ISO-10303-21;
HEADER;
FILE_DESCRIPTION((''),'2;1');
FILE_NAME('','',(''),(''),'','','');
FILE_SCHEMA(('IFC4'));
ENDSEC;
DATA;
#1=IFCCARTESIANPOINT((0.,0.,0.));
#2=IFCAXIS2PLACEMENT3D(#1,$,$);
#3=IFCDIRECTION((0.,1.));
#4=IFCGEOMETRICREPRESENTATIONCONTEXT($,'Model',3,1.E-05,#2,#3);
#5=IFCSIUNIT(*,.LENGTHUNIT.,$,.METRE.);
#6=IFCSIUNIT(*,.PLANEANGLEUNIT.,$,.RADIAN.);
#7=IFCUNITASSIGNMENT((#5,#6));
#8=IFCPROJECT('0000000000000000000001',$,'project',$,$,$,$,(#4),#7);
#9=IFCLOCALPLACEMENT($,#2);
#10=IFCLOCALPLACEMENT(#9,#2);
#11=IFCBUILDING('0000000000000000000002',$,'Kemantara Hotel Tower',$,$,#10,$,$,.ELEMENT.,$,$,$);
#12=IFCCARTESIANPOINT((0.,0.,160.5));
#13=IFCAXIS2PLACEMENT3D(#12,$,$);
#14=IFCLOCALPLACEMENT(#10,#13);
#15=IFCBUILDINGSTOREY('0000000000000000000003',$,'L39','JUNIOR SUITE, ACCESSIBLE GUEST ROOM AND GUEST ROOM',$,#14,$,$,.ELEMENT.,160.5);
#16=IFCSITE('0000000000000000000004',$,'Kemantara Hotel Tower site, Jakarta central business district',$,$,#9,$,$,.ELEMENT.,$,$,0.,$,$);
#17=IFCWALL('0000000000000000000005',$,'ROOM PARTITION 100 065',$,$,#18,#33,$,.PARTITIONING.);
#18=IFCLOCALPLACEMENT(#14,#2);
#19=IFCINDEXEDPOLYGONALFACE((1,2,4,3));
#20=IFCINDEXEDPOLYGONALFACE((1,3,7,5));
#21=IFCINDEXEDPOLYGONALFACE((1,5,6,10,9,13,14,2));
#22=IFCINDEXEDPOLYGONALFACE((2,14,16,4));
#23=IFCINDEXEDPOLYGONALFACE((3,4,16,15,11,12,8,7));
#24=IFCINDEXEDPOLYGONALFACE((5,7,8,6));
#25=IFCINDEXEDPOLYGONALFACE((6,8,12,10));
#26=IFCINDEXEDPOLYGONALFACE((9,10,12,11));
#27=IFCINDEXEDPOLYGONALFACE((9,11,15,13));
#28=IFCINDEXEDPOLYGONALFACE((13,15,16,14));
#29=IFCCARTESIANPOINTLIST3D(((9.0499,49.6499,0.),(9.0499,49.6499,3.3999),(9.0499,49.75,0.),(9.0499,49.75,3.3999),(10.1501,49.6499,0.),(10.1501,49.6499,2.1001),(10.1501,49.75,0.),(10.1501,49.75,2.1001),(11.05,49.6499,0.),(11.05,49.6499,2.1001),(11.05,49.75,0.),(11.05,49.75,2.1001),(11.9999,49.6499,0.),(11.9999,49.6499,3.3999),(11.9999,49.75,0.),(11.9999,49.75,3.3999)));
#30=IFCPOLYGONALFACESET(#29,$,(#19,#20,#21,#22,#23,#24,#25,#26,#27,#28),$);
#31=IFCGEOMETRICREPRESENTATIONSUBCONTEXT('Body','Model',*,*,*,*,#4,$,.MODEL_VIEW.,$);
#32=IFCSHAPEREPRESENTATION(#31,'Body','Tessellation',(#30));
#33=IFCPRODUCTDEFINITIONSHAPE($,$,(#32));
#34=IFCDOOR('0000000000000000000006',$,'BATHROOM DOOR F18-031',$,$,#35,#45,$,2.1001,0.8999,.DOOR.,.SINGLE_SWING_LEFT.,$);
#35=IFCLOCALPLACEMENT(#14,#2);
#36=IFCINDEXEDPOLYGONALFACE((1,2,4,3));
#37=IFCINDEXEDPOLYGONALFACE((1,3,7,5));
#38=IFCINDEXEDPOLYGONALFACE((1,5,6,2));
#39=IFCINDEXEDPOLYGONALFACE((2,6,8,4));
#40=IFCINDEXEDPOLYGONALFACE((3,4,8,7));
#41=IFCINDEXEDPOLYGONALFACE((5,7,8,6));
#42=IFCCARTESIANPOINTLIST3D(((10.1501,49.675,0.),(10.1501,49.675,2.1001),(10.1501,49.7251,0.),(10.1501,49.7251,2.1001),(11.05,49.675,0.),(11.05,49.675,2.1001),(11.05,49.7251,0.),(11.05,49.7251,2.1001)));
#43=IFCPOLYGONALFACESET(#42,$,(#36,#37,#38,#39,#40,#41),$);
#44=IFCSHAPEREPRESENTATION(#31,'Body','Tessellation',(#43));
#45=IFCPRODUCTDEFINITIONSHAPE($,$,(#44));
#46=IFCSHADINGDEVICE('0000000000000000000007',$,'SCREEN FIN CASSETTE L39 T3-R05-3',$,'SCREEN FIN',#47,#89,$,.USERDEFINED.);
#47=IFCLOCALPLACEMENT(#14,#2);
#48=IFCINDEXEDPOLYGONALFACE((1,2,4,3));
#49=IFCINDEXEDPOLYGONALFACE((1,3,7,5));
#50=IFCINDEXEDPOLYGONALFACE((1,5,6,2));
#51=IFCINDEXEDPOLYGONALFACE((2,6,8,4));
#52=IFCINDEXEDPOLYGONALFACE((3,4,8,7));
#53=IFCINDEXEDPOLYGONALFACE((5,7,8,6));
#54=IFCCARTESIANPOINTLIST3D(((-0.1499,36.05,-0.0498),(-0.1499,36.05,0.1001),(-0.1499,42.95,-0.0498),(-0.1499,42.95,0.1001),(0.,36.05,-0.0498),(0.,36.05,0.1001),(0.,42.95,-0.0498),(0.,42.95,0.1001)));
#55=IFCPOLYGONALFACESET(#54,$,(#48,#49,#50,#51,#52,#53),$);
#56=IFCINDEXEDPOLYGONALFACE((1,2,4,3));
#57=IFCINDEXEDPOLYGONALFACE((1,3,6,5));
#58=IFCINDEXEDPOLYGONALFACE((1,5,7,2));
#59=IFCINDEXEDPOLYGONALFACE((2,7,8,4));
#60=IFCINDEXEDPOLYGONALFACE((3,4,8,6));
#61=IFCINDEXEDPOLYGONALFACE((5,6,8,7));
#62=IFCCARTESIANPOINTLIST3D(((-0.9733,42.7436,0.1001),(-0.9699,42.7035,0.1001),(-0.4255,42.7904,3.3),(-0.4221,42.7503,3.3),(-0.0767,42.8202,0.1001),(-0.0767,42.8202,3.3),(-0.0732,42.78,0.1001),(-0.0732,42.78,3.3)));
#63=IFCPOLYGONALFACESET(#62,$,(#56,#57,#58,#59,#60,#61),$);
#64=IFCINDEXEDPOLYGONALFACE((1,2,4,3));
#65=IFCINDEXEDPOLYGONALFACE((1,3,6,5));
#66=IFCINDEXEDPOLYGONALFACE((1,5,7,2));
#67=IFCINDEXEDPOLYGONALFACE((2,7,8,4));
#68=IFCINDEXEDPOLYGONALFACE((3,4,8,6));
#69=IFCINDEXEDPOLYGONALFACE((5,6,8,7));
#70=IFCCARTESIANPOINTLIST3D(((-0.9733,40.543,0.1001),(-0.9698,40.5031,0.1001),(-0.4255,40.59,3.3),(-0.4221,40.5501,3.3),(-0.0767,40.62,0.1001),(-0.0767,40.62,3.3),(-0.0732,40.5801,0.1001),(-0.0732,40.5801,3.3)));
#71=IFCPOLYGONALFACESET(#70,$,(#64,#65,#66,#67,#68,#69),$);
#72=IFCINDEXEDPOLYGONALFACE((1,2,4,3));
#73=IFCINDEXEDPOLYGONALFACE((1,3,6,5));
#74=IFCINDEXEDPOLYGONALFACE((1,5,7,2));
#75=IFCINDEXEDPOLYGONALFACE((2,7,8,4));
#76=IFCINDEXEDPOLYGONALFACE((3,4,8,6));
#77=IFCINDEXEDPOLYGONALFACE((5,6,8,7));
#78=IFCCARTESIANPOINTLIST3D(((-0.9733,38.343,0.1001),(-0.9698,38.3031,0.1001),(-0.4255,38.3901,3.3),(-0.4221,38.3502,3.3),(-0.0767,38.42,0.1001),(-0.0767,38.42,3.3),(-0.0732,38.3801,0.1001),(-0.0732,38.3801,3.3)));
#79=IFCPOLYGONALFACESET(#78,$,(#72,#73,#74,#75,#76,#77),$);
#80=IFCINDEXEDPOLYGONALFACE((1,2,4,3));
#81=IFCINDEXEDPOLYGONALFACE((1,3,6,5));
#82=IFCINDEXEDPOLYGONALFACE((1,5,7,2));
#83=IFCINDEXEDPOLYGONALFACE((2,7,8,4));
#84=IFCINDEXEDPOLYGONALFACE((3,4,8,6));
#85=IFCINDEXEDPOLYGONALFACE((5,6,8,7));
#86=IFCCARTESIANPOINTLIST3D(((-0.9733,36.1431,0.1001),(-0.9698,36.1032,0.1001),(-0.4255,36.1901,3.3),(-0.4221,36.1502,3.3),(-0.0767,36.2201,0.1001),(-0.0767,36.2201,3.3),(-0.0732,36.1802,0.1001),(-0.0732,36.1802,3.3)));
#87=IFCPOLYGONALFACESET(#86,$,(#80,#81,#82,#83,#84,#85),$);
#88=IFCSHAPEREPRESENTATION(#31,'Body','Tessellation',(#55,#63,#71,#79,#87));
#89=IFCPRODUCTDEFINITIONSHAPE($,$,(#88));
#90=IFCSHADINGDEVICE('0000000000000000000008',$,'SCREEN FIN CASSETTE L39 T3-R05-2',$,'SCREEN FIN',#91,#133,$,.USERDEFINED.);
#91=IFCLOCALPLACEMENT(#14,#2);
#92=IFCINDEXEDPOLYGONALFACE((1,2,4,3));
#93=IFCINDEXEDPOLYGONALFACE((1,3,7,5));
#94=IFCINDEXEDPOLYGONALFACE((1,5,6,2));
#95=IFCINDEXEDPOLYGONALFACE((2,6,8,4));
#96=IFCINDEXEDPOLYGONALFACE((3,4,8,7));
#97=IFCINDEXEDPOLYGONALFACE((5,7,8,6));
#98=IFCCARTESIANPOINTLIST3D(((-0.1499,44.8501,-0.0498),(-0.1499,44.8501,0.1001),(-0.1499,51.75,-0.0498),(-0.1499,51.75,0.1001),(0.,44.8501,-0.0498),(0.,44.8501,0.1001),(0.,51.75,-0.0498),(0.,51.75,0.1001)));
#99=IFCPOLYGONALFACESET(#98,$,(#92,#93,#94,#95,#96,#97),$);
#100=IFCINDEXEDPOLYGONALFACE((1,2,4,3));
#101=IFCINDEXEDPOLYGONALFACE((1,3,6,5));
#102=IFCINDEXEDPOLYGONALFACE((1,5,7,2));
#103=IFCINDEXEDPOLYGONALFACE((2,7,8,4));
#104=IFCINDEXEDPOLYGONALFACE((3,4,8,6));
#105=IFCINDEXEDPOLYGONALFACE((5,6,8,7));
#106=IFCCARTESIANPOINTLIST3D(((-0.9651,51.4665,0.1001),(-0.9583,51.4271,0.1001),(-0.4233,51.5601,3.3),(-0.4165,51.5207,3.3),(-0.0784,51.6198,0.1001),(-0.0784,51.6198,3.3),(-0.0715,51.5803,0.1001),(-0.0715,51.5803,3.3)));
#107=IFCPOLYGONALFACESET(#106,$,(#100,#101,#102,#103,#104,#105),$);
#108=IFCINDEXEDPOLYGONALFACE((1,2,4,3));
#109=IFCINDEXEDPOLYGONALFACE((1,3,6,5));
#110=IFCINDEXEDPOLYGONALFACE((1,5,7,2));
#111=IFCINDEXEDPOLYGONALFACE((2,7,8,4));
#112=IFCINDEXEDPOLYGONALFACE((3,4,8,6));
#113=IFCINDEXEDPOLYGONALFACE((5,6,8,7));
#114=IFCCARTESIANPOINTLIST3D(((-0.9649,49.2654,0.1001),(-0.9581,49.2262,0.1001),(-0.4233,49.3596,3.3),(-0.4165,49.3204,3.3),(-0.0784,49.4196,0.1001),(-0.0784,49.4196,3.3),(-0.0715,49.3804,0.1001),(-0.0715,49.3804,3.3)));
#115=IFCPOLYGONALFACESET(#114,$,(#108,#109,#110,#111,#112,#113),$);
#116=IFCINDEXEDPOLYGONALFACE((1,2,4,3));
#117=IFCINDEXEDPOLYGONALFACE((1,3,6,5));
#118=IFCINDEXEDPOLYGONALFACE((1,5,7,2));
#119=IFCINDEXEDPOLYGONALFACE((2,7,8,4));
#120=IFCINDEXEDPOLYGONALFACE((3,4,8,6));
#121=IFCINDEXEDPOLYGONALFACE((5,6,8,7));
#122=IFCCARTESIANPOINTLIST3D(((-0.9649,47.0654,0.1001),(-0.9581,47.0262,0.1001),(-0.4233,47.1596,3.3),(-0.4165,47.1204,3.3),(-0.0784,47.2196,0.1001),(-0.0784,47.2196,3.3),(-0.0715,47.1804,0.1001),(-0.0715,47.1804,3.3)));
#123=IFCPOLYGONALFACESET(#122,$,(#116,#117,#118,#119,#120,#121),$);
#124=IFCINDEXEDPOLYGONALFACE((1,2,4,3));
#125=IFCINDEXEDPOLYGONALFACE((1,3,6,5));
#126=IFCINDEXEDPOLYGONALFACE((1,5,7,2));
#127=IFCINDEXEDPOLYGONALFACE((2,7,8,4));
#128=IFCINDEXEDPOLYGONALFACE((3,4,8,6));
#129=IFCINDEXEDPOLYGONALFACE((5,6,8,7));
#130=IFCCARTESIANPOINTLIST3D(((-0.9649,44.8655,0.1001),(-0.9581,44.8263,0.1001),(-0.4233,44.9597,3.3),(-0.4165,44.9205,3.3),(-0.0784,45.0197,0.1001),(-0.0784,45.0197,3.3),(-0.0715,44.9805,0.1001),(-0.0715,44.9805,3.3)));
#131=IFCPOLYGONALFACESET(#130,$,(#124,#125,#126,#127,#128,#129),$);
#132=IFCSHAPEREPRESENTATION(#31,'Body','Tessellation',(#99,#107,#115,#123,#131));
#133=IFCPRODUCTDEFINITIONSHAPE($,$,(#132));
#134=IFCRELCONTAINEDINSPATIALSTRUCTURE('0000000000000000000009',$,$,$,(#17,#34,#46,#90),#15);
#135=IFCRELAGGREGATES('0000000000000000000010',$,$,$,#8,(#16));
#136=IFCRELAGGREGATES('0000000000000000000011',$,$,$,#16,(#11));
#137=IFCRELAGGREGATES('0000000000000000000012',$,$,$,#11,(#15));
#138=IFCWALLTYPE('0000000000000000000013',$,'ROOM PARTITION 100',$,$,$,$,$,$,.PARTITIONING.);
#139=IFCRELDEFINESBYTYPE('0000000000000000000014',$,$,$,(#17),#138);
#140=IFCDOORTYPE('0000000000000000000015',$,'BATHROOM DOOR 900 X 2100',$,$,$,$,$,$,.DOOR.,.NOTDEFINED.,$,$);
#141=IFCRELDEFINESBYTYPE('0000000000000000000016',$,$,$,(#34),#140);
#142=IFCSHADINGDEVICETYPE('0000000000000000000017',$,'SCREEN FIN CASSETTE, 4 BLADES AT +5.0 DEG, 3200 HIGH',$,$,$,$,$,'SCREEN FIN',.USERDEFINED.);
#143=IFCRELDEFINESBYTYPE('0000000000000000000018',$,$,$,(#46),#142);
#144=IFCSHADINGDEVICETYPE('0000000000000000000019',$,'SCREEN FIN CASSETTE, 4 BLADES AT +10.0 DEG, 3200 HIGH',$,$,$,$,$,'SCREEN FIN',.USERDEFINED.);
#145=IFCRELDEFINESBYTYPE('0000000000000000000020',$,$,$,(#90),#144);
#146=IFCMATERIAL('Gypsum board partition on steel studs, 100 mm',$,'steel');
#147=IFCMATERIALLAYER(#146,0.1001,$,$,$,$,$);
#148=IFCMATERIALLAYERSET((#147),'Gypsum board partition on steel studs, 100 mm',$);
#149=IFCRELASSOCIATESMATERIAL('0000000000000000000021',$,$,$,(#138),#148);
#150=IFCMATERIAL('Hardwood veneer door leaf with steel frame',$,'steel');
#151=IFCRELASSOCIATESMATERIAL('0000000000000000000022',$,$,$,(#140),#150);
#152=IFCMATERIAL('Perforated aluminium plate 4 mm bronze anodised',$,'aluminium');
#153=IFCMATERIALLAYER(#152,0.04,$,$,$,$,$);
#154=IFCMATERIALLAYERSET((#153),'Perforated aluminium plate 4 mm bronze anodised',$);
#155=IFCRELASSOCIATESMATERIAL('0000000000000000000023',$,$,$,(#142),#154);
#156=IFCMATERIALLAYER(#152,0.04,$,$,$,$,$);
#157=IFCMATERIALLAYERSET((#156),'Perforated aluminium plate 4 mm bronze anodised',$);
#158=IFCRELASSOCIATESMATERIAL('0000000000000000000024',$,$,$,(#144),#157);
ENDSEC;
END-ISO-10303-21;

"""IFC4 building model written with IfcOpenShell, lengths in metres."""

from ifc_helpers import new_model, si_unit, direction, frame, frame_2d, origin, origin_2d, place, context, subcontext, project, spatial, polyline, rectangle, outline, extrude, source, transform, mapped, material, layer, layer_set, type_object, element, fill, save


model = new_model("IFC4")

# Units and contexts
model_context = context("Model", 3, precision=1e-05, world=origin(), true_north=direction((0.0, 1.0)))
body_context = subcontext(model_context, "Body", "Model", "MODEL_VIEW")
ifc_project = project(units=[si_unit("LENGTHUNIT", "METRE"), si_unit("PLANEANGLEUNIT", "RADIAN")], contexts=[model_context])

# Site, building, storey
site_placement = place(None, origin())
site = spatial("IfcSite", under=ifc_project, at=site_placement, Name="Kemantara Hotel Tower site, Jakarta central business district", CompositionType="ELEMENT", RefElevation=0.0)
building_placement = place(site_placement, origin())
building = spatial("IfcBuilding", under=site, at=building_placement, Name="Kemantara Hotel Tower", CompositionType="ELEMENT")
storey_placement = place(building_placement, frame((0.0, 0.0, 160.5)))
storey = spatial("IfcBuildingStorey", under=building, at=storey_placement, Name="L39", Description="JUNIOR SUITE, ACCESSIBLE GUEST ROOM AND GUEST ROOM", CompositionType="ELEMENT", Elevation=160.5)

# Shared definitions
ifc_material_1 = material(Name="Hardwood veneer door leaf with steel frame", Category="steel")

# Shared definitions
ifc_material_2 = material(Name="Gypsum board partition on steel studs, 100 mm", Category="steel")
ifc_layer_1 = layer(ifc_material_2, 0.1001)
ifc_layer_set_1 = layer_set([ifc_layer_1], Name="Gypsum board partition on steel studs, 100 mm")
wall_type_1 = type_object("IfcWallType", Name="ROOM PARTITION 100", PredefinedType="PARTITIONING", material=ifc_layer_set_1)

# Shared definitions
door_type_1 = type_object("IfcDoorType", Name="BATHROOM DOOR 900 X 2100", OperationType="NOTDEFINED", PredefinedType="DOOR", material=ifc_material_1)

# Wall, opening, door
wall_1_placement = place(storey_placement, frame((12.0, 49.7, 0.0), z_axis=(0.0, 0.0, 1.0), x_axis=(-1.0, 0.0, 0.0)))
wall_1 = element("IfcWall", 1, at=wall_1_placement, inside=storey, type_object=wall_type_1, Name="ROOM PARTITION 100 065", PredefinedType="PARTITIONING", context=body_context, shape_type="SweptSolid", body=[
    extrude(rectangle(XDim=2.95, YDim=0.1001, at=frame_2d((1.4751, 0.0))), origin(), (0.0, 0.0, 1.0), 3.3999),
])
opening_1_placement = place(wall_1_placement, frame((0.95, 0.0, 0.0)))
opening_1 = element("IfcOpeningElement", 2, at=opening_1_placement, cuts=wall_1, PredefinedType="OPENING", context=body_context, shape_type="SweptSolid", body=[
    extrude(rectangle(XDim=0.8999, YDim=2.1001, at=frame_2d((0.45, 1.05))), frame((0.0, 0.0601, 0.0), z_axis=(0.0, -1.0, 0.0), x_axis=(1.0, 0.0, 0.0)), (0.0, 0.0, 1.0), 0.1201),
])
door_1_placement = place(opening_1_placement, origin())
door_1 = element("IfcDoor", 3, at=door_1_placement, inside=storey, type_object=door_type_1, Name="BATHROOM DOOR F18-031", OperationType="SINGLE_SWING_LEFT", OverallHeight=2.1001, OverallWidth=0.8999, PredefinedType="DOOR", context=body_context, shape_type="SweptSolid", body=[
    extrude(rectangle(XDim=0.8999, YDim=2.1001, at=frame_2d((0.45, 1.05))), frame((0.0, 0.0249, 0.0), z_axis=(0.0, -1.0, 0.0), x_axis=(1.0, 0.0, 0.0)), (0.0, 0.0, 1.0), 0.05),
])
fill(opening_1, door_1)

# Shading devices
ifc_material_3 = material(Name="Perforated aluminium plate 4 mm bronze anodised", Category="aluminium")
ifc_layer_2 = layer(ifc_material_3, 0.04)
ifc_layer_set_2 = layer_set([ifc_layer_2], Name="Perforated aluminium plate 4 mm bronze anodised")
shading_device_type_1 = type_object("IfcShadingDeviceType", Name="SCREEN FIN CASSETTE, 4 BLADES AT +5.0 DEG, 3200 HIGH", ElementType="SCREEN FIN", PredefinedType="USERDEFINED", material=ifc_layer_set_2)
shared_shape_1 = source(origin(), body_context, "Body", "SweptSolid", [
    extrude(rectangle(XDim=6.8999, YDim=0.1499, at=origin_2d()), frame((3.3, -0.075, -0.1499), z_axis=(0.0, 0.0, 1.0), x_axis=(1.0, 0.0, 0.0)), (0.0, 0.0, 1.0), 0.1499),
    extrude(outline(polyline([(0.0, 0.0), (0.8999, 0.0), (0.3501, 3.2), (0.0, 3.2), (0.0, 0.0)])), frame((0.02, -0.0732, 0.0), z_axis=(-0.996376, -0.085056, 0.0), x_axis=(0.085056, -0.996376, 0.0)), (0.0, 0.0, 1.0), 0.0403),
    extrude(outline(polyline([(0.0, 0.0), (0.8999, 0.0), (0.3501, 3.2), (0.0, 3.2), (0.0, 0.0)])), frame((2.22, -0.0732, 0.0), z_axis=(-0.996332, -0.085575, 0.0), x_axis=(0.085575, -0.996332, 0.0)), (0.0, 0.0, 1.0), 0.04),
    extrude(outline(polyline([(0.0, 0.0), (0.8999, 0.0), (0.3501, 3.2), (0.0, 3.2), (0.0, 0.0)])), frame((4.4199, -0.0732, 0.0), z_axis=(-0.996332, -0.085575, 0.0), x_axis=(0.085575, -0.996332, 0.0)), (0.0, 0.0, 1.0), 0.04),
    extrude(outline(polyline([(0.0, 0.0), (0.8999, 0.0), (0.3501, 3.2), (0.0, 3.2), (0.0, 0.0)])), frame((6.6199, -0.0732, 0.0), z_axis=(-0.996332, -0.085575, 0.0), x_axis=(0.085575, -0.996332, 0.0)), (0.0, 0.0, 1.0), 0.04),
])
shading_device_1_placement = place(storey_placement, frame((0.0, 42.8, 0.1001), z_axis=(0.0, 0.0, 1.0), x_axis=(0.0, -1.0, 0.0)))
element("IfcShadingDevice", 4, at=shading_device_1_placement, inside=storey, type_object=shading_device_type_1, Name="SCREEN FIN CASSETTE L39 T3-R05-3", ObjectType="SCREEN FIN", PredefinedType="USERDEFINED", context=body_context, shape_type="MappedRepresentation", body=[
    mapped(shared_shape_1, transform((0.0, 0.0, 0.0))),
])
ifc_layer_3 = layer(ifc_material_3, 0.04)
ifc_layer_set_3 = layer_set([ifc_layer_3], Name="Perforated aluminium plate 4 mm bronze anodised")
shading_device_type_2 = type_object("IfcShadingDeviceType", Name="SCREEN FIN CASSETTE, 4 BLADES AT +10.0 DEG, 3200 HIGH", ElementType="SCREEN FIN", PredefinedType="USERDEFINED", material=ifc_layer_set_3)
shared_shape_2 = source(origin(), body_context, "Body", "SweptSolid", [
    extrude(rectangle(XDim=6.8999, YDim=0.1499, at=origin_2d()), frame((3.3, -0.075, -0.1499), z_axis=(0.0, 0.0, 1.0), x_axis=(1.0, 0.0, 0.0)), (0.0, 0.0, 1.0), 0.1499),
    extrude(outline(polyline([(0.0, 0.0), (0.8999, 0.0), (0.3501, 3.2), (0.0, 3.2), (0.0, 0.0)])), frame((0.0198, -0.0715, 0.0), z_axis=(-0.98539, -0.170314, 0.0), x_axis=(0.170314, -0.98539, 0.0)), (0.0, 0.0, 1.0), 0.04),
    extrude(outline(polyline([(0.0, 0.0), (0.8999, 0.0), (0.3501, 3.2), (0.0, 3.2), (0.0, 0.0)])), frame((2.2197, -0.0715, 0.0), z_axis=(-0.985212, -0.171341, 0.0), x_axis=(0.171341, -0.985212, 0.0)), (0.0, 0.0, 1.0), 0.0398),
    extrude(outline(polyline([(0.0, 0.0), (0.8999, 0.0), (0.3501, 3.2), (0.0, 3.2), (0.0, 0.0)])), frame((4.4197, -0.0715, 0.0), z_axis=(-0.985212, -0.171341, 0.0), x_axis=(0.171341, -0.985212, 0.0)), (0.0, 0.0, 1.0), 0.0398),
    extrude(outline(polyline([(0.0, 0.0), (0.8999, 0.0), (0.3501, 3.2), (0.0, 3.2), (0.0, 0.0)])), frame((6.6196, -0.0715, 0.0), z_axis=(-0.985212, -0.171341, 0.0), x_axis=(0.171341, -0.985212, 0.0)), (0.0, 0.0, 1.0), 0.0398),
])
shading_device_2_placement = place(storey_placement, frame((0.0, 51.6001, 0.1001), z_axis=(0.0, 0.0, 1.0), x_axis=(0.0, -1.0, 0.0)))
element("IfcShadingDevice", 5, at=shading_device_2_placement, inside=storey, type_object=shading_device_type_2, Name="SCREEN FIN CASSETTE L39 T3-R05-2", ObjectType="SCREEN FIN", PredefinedType="USERDEFINED", context=body_context, shape_type="MappedRepresentation", body=[
    mapped(shared_shape_2, transform((0.0, 0.0, 0.0))),
])

save(model, "model.ifc")
